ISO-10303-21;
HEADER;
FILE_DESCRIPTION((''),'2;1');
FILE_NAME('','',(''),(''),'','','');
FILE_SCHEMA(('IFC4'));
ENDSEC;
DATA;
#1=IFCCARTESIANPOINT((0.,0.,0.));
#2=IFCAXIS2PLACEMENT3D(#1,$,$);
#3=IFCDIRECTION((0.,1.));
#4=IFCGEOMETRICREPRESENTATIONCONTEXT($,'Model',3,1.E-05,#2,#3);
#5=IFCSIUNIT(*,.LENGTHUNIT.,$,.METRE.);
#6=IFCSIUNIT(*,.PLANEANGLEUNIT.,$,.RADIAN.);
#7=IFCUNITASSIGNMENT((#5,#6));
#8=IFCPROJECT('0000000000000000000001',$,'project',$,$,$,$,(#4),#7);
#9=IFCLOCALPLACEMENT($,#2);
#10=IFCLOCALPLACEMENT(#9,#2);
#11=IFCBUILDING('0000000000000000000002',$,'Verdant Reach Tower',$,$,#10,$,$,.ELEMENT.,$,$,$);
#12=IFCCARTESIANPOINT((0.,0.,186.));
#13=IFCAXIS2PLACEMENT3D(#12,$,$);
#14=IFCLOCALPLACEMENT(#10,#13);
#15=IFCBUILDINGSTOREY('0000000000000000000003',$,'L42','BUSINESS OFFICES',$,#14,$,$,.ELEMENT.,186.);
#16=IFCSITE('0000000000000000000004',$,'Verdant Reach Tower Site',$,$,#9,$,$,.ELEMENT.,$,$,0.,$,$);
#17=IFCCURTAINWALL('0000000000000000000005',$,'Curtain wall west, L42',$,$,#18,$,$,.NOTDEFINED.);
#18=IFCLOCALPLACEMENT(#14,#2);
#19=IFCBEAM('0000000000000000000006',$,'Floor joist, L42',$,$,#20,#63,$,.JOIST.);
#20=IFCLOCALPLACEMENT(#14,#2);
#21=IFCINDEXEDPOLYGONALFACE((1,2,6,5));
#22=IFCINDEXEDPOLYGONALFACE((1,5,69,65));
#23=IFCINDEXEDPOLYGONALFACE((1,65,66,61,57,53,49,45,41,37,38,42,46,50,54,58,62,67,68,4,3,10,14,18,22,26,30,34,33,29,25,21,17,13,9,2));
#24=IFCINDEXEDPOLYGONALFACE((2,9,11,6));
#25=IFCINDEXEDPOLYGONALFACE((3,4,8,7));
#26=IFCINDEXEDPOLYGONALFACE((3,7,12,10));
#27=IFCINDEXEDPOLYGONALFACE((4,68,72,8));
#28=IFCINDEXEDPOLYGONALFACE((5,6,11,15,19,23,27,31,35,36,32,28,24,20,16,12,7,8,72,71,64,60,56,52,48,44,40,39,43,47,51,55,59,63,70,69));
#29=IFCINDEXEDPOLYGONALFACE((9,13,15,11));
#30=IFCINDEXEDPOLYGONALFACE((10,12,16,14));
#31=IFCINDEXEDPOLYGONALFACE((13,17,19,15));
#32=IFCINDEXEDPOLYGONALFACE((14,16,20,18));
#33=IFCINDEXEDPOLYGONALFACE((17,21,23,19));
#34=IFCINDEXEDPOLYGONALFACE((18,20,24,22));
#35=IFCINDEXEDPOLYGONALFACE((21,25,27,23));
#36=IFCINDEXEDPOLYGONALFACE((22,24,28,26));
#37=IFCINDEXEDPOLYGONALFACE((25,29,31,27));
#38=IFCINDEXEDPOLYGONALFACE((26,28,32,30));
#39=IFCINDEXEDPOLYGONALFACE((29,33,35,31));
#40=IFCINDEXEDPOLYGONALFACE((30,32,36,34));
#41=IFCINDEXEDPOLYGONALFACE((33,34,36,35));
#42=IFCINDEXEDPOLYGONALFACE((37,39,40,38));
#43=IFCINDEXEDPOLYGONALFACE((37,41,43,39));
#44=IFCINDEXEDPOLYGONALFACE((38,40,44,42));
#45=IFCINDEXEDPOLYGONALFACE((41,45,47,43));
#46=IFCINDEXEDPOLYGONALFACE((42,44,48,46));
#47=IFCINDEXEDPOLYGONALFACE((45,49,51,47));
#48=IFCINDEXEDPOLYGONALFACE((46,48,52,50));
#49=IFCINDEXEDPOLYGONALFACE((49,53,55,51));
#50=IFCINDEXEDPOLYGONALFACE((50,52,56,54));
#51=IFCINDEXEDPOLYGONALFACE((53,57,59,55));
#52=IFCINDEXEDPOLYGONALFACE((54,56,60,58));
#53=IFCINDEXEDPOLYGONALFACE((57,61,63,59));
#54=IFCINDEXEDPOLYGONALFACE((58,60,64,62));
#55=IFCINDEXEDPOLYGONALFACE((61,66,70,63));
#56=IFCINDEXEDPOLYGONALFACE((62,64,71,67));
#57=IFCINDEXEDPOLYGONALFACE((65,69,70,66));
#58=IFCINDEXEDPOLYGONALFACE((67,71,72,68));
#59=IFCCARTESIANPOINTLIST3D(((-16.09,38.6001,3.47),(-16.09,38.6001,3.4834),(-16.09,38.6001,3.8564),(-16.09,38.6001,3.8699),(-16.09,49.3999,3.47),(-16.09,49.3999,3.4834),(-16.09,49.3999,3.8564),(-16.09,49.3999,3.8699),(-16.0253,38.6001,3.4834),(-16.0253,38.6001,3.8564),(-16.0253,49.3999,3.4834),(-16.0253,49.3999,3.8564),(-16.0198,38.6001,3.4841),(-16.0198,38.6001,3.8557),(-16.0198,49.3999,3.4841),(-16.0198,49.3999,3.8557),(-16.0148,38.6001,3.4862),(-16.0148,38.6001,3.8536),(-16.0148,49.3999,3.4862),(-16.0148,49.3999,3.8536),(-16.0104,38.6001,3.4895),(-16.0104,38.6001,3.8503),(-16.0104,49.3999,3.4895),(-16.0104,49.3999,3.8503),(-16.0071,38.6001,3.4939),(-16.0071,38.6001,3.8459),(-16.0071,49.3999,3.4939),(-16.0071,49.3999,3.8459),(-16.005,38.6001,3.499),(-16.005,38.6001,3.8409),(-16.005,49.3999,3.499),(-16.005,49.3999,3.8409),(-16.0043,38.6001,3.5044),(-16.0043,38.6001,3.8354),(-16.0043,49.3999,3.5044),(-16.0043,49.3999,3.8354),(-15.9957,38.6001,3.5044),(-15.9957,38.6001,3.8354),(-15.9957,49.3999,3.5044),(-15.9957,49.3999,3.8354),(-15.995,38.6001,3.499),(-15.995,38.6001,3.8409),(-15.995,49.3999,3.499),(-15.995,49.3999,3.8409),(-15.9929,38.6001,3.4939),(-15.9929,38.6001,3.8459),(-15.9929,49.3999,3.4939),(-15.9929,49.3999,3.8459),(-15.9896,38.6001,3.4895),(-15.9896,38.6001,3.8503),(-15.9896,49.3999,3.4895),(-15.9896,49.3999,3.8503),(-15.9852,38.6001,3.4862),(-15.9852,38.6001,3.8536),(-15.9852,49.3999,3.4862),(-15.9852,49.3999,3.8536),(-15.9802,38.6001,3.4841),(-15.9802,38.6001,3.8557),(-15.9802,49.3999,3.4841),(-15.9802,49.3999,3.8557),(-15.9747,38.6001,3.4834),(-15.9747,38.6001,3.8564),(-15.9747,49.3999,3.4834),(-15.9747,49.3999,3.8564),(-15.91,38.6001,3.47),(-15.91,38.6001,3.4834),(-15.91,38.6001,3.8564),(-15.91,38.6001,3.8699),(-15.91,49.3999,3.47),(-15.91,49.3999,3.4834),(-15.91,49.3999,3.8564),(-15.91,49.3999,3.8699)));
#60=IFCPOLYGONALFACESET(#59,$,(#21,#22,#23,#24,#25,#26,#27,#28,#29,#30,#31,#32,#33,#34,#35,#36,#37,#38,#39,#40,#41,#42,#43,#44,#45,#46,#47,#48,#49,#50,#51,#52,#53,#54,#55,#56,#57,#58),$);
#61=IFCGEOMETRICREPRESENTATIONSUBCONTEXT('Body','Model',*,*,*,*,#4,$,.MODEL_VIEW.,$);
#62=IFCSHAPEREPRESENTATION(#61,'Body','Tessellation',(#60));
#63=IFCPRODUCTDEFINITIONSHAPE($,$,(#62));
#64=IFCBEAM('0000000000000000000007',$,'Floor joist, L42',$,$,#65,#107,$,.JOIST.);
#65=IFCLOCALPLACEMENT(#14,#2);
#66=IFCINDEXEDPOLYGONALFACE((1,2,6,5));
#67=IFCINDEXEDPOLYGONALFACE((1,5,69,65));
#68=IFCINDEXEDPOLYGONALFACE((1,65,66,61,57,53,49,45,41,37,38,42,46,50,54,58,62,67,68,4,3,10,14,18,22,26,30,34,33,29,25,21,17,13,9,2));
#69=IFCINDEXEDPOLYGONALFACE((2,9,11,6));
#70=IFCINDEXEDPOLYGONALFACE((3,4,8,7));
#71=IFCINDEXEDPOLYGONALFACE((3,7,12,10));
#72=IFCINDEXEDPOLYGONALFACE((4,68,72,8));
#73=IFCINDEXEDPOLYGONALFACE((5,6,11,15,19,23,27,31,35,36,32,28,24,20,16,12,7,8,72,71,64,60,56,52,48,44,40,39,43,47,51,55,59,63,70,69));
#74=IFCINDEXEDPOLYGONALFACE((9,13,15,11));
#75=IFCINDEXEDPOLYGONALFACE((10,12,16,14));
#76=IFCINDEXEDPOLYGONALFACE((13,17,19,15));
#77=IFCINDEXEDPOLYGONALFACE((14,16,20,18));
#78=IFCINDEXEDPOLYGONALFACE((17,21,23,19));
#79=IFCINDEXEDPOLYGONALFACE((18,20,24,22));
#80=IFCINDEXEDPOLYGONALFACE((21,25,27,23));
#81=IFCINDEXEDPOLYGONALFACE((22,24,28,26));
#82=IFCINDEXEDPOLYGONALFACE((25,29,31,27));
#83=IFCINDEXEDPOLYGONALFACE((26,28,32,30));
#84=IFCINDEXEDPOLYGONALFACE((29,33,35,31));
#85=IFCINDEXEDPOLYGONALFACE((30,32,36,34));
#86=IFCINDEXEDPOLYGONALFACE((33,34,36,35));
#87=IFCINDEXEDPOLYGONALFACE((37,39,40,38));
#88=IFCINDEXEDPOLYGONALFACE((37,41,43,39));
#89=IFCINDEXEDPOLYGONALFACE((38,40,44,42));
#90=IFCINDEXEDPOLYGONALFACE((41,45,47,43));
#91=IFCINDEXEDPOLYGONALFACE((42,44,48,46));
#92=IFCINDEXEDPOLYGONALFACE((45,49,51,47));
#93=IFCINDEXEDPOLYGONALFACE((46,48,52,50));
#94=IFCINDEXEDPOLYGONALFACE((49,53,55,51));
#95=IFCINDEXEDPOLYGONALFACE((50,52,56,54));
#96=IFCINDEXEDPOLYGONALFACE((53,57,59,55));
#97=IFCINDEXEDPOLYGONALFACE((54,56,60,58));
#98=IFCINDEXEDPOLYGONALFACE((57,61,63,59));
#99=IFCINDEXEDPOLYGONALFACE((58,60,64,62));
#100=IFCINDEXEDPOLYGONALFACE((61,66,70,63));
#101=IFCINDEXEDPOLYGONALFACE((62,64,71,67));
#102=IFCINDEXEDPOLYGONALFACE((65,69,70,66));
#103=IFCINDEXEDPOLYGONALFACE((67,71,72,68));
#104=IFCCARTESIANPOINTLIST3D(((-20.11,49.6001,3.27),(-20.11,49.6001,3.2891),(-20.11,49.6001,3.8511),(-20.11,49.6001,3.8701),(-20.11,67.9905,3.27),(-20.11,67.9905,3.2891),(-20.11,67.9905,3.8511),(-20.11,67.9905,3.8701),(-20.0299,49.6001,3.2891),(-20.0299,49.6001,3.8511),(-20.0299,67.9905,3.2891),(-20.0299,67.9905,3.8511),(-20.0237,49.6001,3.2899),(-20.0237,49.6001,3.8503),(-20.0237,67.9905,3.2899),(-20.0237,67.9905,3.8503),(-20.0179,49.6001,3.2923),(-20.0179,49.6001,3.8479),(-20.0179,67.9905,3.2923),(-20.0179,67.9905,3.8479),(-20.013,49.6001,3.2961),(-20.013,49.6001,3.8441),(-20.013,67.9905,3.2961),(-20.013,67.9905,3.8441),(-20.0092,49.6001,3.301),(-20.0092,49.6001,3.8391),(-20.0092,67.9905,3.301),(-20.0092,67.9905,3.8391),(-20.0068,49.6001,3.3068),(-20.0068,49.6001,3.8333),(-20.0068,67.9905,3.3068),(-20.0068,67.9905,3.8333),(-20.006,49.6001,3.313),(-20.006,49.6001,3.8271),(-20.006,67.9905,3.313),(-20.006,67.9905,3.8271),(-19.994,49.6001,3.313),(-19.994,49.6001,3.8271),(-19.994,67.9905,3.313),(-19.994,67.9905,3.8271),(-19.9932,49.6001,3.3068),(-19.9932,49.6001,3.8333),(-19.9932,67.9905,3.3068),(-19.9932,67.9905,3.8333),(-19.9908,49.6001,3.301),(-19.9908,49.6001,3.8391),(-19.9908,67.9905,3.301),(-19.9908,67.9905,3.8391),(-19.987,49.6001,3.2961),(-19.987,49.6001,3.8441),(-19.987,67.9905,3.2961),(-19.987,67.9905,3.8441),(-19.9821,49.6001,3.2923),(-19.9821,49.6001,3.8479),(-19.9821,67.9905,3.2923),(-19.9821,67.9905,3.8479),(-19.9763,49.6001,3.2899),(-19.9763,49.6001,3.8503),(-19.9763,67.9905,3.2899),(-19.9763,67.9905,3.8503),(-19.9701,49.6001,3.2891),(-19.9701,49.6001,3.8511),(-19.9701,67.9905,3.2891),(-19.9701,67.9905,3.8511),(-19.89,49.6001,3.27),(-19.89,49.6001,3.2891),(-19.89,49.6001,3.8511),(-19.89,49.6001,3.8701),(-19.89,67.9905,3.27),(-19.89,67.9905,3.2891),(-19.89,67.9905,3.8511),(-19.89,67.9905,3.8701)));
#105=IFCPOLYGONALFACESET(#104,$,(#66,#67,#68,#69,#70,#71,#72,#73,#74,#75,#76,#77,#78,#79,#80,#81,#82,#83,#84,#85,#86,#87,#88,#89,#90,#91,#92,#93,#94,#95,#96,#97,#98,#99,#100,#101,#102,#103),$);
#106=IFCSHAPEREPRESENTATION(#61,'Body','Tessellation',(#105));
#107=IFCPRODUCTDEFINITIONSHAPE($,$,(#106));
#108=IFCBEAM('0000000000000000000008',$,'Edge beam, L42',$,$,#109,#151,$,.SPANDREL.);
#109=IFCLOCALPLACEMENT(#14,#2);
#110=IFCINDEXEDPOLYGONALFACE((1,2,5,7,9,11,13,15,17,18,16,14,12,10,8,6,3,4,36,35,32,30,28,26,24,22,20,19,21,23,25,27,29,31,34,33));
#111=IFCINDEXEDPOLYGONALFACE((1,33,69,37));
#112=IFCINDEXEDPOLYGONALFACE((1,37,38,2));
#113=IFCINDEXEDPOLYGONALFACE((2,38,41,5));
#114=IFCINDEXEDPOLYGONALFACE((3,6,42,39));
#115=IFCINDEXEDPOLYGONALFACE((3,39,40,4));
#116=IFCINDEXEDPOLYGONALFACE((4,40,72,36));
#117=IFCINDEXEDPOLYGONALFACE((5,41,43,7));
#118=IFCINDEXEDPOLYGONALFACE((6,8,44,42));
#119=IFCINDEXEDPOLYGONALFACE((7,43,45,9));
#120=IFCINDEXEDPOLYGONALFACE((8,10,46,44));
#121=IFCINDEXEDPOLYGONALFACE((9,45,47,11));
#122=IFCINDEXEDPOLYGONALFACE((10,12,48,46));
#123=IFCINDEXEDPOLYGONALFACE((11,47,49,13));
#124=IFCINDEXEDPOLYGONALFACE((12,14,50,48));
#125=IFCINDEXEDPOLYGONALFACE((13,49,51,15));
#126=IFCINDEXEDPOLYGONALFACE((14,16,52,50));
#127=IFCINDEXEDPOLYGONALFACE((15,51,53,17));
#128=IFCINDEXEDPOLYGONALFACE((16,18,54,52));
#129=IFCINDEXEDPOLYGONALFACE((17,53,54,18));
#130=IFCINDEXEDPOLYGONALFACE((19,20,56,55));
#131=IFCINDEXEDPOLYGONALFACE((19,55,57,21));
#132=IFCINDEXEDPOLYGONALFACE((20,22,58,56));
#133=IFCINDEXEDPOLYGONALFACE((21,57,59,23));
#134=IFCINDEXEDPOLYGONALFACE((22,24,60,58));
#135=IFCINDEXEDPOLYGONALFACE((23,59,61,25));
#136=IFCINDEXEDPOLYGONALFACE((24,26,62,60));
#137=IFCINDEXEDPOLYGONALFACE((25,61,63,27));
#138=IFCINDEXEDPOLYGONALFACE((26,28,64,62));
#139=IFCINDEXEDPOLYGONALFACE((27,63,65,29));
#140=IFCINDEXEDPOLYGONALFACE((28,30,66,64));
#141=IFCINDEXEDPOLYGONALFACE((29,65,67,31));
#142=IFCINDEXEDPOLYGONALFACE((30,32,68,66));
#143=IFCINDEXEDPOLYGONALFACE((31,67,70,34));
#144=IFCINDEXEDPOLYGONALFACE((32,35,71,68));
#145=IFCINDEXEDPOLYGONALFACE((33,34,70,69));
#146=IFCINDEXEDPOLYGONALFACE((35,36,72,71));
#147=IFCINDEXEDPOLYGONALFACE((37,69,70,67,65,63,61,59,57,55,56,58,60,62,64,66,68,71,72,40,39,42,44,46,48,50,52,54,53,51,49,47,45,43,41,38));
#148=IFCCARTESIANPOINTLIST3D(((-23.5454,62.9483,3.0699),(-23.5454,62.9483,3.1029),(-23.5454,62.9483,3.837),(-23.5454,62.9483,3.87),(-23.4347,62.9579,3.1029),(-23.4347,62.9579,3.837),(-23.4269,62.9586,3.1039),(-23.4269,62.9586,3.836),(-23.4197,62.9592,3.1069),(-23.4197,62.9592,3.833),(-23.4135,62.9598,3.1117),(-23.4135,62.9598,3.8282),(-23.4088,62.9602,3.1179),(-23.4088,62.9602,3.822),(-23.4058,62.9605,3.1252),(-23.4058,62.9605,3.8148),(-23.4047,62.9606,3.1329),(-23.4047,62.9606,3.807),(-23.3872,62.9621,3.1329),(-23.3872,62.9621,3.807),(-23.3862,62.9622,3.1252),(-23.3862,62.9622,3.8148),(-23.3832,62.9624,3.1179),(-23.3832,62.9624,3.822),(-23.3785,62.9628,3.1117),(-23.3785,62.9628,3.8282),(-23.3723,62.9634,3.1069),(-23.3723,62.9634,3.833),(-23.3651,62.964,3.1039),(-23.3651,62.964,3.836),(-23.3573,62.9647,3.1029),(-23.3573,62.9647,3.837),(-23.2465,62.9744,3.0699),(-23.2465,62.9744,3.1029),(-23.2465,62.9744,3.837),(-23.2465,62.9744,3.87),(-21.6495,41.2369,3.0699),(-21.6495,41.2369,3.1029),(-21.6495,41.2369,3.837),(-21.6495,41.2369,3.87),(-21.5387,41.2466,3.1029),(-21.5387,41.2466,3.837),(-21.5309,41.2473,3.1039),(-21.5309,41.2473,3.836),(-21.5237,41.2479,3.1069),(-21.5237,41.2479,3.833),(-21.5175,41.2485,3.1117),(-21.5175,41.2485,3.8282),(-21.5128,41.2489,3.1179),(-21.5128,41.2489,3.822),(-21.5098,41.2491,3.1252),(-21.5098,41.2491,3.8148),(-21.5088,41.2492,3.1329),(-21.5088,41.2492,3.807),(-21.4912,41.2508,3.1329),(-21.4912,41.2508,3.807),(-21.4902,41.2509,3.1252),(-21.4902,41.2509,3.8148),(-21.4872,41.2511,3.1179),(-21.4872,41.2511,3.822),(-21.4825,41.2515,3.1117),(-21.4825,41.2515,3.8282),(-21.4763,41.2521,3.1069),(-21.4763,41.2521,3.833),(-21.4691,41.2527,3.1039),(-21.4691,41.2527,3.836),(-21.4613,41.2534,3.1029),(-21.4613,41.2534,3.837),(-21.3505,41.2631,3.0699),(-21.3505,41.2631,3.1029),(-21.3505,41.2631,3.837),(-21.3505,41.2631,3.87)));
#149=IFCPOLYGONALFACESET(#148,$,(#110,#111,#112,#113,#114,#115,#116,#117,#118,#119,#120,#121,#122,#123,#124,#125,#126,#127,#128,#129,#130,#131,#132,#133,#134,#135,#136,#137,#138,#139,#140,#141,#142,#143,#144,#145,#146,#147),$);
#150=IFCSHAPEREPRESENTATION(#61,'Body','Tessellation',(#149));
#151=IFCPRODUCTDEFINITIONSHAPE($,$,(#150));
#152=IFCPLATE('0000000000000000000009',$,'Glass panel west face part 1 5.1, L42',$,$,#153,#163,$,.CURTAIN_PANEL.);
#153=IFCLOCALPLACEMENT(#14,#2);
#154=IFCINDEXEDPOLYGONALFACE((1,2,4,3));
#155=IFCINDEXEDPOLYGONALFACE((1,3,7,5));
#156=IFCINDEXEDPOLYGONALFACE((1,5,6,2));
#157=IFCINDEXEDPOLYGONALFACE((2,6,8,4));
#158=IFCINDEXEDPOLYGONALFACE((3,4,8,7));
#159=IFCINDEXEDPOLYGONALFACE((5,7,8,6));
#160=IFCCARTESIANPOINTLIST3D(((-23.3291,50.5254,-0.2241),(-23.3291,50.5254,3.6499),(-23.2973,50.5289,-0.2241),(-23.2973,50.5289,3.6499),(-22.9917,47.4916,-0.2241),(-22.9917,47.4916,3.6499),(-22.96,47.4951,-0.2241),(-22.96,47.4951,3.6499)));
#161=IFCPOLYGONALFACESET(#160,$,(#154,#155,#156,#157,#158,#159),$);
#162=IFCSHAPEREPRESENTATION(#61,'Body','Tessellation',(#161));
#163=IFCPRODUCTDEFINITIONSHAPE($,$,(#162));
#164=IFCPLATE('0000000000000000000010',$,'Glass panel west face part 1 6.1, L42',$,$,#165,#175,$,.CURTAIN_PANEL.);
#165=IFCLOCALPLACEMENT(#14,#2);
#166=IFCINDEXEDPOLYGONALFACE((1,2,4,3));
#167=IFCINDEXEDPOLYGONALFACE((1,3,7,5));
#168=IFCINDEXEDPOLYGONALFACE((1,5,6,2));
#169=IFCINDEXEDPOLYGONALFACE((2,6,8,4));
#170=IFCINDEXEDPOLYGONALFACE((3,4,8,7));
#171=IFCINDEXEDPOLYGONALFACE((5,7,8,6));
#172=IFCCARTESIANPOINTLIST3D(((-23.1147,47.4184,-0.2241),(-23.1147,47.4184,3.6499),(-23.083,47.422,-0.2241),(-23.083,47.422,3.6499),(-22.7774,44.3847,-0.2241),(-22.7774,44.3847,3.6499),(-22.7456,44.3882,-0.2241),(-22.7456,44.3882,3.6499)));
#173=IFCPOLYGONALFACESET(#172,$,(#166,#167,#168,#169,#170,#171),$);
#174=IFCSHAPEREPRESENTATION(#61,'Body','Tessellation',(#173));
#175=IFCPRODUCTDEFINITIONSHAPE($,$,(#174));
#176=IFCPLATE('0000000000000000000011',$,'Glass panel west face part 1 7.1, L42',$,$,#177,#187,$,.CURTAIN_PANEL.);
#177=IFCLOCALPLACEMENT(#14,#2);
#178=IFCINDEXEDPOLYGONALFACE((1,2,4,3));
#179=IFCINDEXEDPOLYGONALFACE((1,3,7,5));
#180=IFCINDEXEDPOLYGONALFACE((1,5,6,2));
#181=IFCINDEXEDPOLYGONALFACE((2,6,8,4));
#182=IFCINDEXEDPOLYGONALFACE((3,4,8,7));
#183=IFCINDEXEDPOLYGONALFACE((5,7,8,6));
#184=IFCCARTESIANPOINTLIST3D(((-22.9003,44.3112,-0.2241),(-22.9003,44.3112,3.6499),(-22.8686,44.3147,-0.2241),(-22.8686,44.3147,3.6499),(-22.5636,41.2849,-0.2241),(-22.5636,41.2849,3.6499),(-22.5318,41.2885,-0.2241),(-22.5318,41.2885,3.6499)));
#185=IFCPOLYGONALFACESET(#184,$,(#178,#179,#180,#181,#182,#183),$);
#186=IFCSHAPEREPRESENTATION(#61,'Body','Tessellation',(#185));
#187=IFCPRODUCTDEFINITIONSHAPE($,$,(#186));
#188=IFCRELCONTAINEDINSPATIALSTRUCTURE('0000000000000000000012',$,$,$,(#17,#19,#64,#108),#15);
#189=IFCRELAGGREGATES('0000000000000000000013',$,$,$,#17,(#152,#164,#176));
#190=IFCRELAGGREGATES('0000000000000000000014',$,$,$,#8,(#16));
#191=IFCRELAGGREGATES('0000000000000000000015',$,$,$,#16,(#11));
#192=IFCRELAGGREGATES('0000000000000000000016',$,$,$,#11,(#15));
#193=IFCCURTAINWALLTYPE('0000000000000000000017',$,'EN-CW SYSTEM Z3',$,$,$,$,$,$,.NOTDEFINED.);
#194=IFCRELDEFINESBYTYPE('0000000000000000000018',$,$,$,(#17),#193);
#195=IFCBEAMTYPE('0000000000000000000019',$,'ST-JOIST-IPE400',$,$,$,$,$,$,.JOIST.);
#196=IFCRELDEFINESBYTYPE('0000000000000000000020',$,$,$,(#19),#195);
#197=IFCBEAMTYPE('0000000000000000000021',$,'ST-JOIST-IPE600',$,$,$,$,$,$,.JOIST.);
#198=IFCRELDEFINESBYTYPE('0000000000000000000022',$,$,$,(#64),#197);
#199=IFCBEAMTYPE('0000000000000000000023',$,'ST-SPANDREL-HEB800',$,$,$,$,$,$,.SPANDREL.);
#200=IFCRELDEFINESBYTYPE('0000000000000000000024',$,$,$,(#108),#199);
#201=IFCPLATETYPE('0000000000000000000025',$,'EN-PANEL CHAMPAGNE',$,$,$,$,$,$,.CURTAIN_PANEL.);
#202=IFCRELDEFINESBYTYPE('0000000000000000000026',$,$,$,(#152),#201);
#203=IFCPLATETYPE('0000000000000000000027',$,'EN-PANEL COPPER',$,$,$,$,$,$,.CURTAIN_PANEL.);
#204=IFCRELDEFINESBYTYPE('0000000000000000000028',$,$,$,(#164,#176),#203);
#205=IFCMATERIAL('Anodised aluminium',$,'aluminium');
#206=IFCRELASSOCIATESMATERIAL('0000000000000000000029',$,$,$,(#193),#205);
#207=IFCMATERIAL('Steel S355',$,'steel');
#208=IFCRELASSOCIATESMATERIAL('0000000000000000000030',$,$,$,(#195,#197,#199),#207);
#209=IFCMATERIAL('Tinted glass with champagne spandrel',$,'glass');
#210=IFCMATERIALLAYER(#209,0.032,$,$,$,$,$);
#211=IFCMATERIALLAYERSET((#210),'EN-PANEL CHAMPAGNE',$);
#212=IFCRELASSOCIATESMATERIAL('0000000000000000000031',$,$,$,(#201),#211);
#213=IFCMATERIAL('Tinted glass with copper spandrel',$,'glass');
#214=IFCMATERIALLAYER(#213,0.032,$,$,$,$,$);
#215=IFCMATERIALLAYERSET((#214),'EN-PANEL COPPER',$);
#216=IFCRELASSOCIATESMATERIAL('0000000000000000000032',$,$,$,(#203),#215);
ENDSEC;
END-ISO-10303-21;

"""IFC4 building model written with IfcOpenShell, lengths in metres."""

from ifc_helpers import new_model, si_unit, direction, frame, origin, origin_2d, place, context, subcontext, project, spatial, rectangle, i_section, extrude, material, layer, layer_set, material_profile, profile_set, type_object, element, aggregate, save


model = new_model("IFC4")

# Units and contexts
model_context = context("Model", 3, precision=1e-05, world=origin(), true_north=direction((0.0, 1.0)))
body_context = subcontext(model_context, "Body", "Model", "MODEL_VIEW")
ifc_project = project(units=[si_unit("LENGTHUNIT", "METRE"), si_unit("PLANEANGLEUNIT", "RADIAN")], contexts=[model_context])

# Site, building, storey
site_placement = place(None, origin())
site = spatial("IfcSite", under=ifc_project, at=site_placement, Name="Verdant Reach Tower Site", CompositionType="ELEMENT", RefElevation=0.0)
building_placement = place(site_placement, origin())
building = spatial("IfcBuilding", under=site, at=building_placement, Name="Verdant Reach Tower", CompositionType="ELEMENT")
storey_placement = place(building_placement, frame((0.0, 0.0, 186.0)))
storey = spatial("IfcBuildingStorey", under=building, at=storey_placement, Name="L42", Description="BUSINESS OFFICES", CompositionType="ELEMENT", Elevation=186.0)

# Curtain wall
ifc_material_1 = material(Name="Anodised aluminium", Category="aluminium")
curtain_wall_type = type_object("IfcCurtainWallType", Name="EN-CW SYSTEM Z3", PredefinedType="NOTDEFINED", material=ifc_material_1)
curtain_wall_placement = place(storey_placement, origin())
curtain_wall = element("IfcCurtainWall", 1, at=curtain_wall_placement, inside=storey, type_object=curtain_wall_type, Name="Curtain wall west, L42", PredefinedType="NOTDEFINED")

# Beams
ifc_material_2 = material(Name="Steel S355", Category="steel")
ifc_material_profile_1 = material_profile(ifc_material_2, i_section(OverallWidth=0.1799, OverallDepth=0.3999, WebThickness=0.0085, FlangeThickness=0.0134, FilletRadius=0.021, at=origin_2d()), Name="IPE 400")
ifc_profile_set_1 = profile_set([ifc_material_profile_1], Name="Steel S355")
beam_type_1 = type_object("IfcBeamType", Name="ST-JOIST-IPE400", PredefinedType="JOIST", material=ifc_profile_set_1)
for number, where, z_axis, x_axis, name in (
    (2, (-16.0, 38.6001, 3.6699), (0.0, 1.0, 0.0), (-1.0, 0.0, 0.0), "Floor joist, L42"),
):
    element("IfcBeam", number, at=place(storey_placement, frame(where, z_axis=z_axis, x_axis=x_axis)), inside=storey, type_object=beam_type_1, Name=name, PredefinedType="JOIST", context=body_context, shape_type="SweptSolid", body=[
        extrude(i_section(OverallWidth=0.1799, OverallDepth=0.3999, WebThickness=0.0085, FlangeThickness=0.0134, FilletRadius=0.021, at=origin_2d()), origin(), (0.0, 0.0, 1.0), 10.7998),
    ])
ifc_material_profile_2 = material_profile(ifc_material_2, i_section(OverallWidth=0.22, OverallDepth=0.6001, WebThickness=0.012, FlangeThickness=0.019, FilletRadius=0.0239, at=origin_2d()), Name="IPE 600")
ifc_profile_set_2 = profile_set([ifc_material_profile_2], Name="Steel S355")
beam_type_2 = type_object("IfcBeamType", Name="ST-JOIST-IPE600", PredefinedType="JOIST", material=ifc_profile_set_2)
beam_1_placement = place(storey_placement, frame((-20.0, 49.6001, 3.5701), z_axis=(0.0, 1.0, 0.0), x_axis=(-1.0, 0.0, 0.0)))
element("IfcBeam", 3, at=beam_1_placement, inside=storey, type_object=beam_type_2, Name="Floor joist, L42", PredefinedType="JOIST", context=body_context, shape_type="SweptSolid", body=[
    extrude(i_section(OverallWidth=0.22, OverallDepth=0.6001, WebThickness=0.012, FlangeThickness=0.019, FilletRadius=0.0239, at=origin_2d()), origin(), (0.0, 0.0, 1.0), 18.3904),
])
ifc_material_profile_3 = material_profile(ifc_material_2, i_section(OverallWidth=0.3, OverallDepth=0.8, WebThickness=0.0176, FlangeThickness=0.033, FilletRadius=0.03, at=origin_2d()), Name="HEB 800")
ifc_profile_set_3 = profile_set([ifc_material_profile_3], Name="Steel S355")
beam_type_3 = type_object("IfcBeamType", Name="ST-SPANDREL-HEB800", PredefinedType="SPANDREL", material=ifc_profile_set_3)
beam_2_placement = place(storey_placement, frame((-21.5, 41.25, 3.47), z_axis=(-0.086996, 0.996209, 0.0), x_axis=(-0.996209, -0.086996, 0.0)))
element("IfcBeam", 4, at=beam_2_placement, inside=storey, type_object=beam_type_3, Name="Edge beam, L42", PredefinedType="SPANDREL", context=body_context, shape_type="SweptSolid", body=[
    extrude(i_section(OverallWidth=0.3, OverallDepth=0.8, WebThickness=0.0176, FlangeThickness=0.033, FilletRadius=0.03, at=origin_2d()), origin(), (0.0, 0.0, 1.0), 21.7939),
])

# Plates
ifc_material_3 = material(Name="Tinted glass with champagne spandrel", Category="glass")
ifc_layer_1 = layer(ifc_material_3, 0.032)
ifc_layer_set_1 = layer_set([ifc_layer_1], Name="EN-PANEL CHAMPAGNE")
plate_type_1 = type_object("IfcPlateType", Name="EN-PANEL CHAMPAGNE", PredefinedType="CURTAIN_PANEL", material=ifc_layer_set_1)
plate_1_placement = place(storey_placement, frame((-23.1445, 49.0103, -0.2241), z_axis=(0.0, 0.0, 1.0), x_axis=(0.110518, -0.993874, 0.0)))
plate_1 = element("IfcPlate", 5, at=plate_1_placement, type_object=plate_type_1, Name="Glass panel west face part 1 5.1, L42", PredefinedType="CURTAIN_PANEL", context=body_context, shape_type="SweptSolid", body=[
    extrude(rectangle(XDim=3.0525, YDim=0.032, at=origin_2d()), origin(), (0.0, 0.0, 1.0), 3.874),
])
ifc_material_4 = material(Name="Tinted glass with copper spandrel", Category="glass")
ifc_layer_2 = layer(ifc_material_4, 0.032)
ifc_layer_set_2 = layer_set([ifc_layer_2], Name="EN-PANEL COPPER")
plate_type_2 = type_object("IfcPlateType", Name="EN-PANEL COPPER", PredefinedType="CURTAIN_PANEL", material=ifc_layer_set_2)
plate_2_placement = place(storey_placement, frame((-22.9302, 45.9033, -0.2241), z_axis=(0.0, 0.0, 1.0), x_axis=(0.110518, -0.993874, 0.0)))
plate_2 = element("IfcPlate", 6, at=plate_2_placement, type_object=plate_type_2, Name="Glass panel west face part 1 6.1, L42", PredefinedType="CURTAIN_PANEL", context=body_context, shape_type="SweptSolid", body=[
    extrude(rectangle(XDim=3.0525, YDim=0.032, at=origin_2d()), origin(), (0.0, 0.0, 1.0), 3.874),
])
plate_3_placement = place(storey_placement, frame((-22.7161, 42.7998, -0.2241), z_axis=(0.0, 0.0, 1.0), x_axis=(0.110601, -0.993865, 0.0)))
plate_3 = element("IfcPlate", 7, at=plate_3_placement, type_object=plate_type_2, Name="Glass panel west face part 1 7.1, L42", PredefinedType="CURTAIN_PANEL", context=body_context, shape_type="SweptSolid", body=[
    extrude(rectangle(XDim=3.0449, YDim=0.032, at=origin_2d()), origin(), (0.0, 0.0, 1.0), 3.874),
])
aggregate(curtain_wall, [plate_1, plate_2, plate_3])

save(model, "model.ifc")
